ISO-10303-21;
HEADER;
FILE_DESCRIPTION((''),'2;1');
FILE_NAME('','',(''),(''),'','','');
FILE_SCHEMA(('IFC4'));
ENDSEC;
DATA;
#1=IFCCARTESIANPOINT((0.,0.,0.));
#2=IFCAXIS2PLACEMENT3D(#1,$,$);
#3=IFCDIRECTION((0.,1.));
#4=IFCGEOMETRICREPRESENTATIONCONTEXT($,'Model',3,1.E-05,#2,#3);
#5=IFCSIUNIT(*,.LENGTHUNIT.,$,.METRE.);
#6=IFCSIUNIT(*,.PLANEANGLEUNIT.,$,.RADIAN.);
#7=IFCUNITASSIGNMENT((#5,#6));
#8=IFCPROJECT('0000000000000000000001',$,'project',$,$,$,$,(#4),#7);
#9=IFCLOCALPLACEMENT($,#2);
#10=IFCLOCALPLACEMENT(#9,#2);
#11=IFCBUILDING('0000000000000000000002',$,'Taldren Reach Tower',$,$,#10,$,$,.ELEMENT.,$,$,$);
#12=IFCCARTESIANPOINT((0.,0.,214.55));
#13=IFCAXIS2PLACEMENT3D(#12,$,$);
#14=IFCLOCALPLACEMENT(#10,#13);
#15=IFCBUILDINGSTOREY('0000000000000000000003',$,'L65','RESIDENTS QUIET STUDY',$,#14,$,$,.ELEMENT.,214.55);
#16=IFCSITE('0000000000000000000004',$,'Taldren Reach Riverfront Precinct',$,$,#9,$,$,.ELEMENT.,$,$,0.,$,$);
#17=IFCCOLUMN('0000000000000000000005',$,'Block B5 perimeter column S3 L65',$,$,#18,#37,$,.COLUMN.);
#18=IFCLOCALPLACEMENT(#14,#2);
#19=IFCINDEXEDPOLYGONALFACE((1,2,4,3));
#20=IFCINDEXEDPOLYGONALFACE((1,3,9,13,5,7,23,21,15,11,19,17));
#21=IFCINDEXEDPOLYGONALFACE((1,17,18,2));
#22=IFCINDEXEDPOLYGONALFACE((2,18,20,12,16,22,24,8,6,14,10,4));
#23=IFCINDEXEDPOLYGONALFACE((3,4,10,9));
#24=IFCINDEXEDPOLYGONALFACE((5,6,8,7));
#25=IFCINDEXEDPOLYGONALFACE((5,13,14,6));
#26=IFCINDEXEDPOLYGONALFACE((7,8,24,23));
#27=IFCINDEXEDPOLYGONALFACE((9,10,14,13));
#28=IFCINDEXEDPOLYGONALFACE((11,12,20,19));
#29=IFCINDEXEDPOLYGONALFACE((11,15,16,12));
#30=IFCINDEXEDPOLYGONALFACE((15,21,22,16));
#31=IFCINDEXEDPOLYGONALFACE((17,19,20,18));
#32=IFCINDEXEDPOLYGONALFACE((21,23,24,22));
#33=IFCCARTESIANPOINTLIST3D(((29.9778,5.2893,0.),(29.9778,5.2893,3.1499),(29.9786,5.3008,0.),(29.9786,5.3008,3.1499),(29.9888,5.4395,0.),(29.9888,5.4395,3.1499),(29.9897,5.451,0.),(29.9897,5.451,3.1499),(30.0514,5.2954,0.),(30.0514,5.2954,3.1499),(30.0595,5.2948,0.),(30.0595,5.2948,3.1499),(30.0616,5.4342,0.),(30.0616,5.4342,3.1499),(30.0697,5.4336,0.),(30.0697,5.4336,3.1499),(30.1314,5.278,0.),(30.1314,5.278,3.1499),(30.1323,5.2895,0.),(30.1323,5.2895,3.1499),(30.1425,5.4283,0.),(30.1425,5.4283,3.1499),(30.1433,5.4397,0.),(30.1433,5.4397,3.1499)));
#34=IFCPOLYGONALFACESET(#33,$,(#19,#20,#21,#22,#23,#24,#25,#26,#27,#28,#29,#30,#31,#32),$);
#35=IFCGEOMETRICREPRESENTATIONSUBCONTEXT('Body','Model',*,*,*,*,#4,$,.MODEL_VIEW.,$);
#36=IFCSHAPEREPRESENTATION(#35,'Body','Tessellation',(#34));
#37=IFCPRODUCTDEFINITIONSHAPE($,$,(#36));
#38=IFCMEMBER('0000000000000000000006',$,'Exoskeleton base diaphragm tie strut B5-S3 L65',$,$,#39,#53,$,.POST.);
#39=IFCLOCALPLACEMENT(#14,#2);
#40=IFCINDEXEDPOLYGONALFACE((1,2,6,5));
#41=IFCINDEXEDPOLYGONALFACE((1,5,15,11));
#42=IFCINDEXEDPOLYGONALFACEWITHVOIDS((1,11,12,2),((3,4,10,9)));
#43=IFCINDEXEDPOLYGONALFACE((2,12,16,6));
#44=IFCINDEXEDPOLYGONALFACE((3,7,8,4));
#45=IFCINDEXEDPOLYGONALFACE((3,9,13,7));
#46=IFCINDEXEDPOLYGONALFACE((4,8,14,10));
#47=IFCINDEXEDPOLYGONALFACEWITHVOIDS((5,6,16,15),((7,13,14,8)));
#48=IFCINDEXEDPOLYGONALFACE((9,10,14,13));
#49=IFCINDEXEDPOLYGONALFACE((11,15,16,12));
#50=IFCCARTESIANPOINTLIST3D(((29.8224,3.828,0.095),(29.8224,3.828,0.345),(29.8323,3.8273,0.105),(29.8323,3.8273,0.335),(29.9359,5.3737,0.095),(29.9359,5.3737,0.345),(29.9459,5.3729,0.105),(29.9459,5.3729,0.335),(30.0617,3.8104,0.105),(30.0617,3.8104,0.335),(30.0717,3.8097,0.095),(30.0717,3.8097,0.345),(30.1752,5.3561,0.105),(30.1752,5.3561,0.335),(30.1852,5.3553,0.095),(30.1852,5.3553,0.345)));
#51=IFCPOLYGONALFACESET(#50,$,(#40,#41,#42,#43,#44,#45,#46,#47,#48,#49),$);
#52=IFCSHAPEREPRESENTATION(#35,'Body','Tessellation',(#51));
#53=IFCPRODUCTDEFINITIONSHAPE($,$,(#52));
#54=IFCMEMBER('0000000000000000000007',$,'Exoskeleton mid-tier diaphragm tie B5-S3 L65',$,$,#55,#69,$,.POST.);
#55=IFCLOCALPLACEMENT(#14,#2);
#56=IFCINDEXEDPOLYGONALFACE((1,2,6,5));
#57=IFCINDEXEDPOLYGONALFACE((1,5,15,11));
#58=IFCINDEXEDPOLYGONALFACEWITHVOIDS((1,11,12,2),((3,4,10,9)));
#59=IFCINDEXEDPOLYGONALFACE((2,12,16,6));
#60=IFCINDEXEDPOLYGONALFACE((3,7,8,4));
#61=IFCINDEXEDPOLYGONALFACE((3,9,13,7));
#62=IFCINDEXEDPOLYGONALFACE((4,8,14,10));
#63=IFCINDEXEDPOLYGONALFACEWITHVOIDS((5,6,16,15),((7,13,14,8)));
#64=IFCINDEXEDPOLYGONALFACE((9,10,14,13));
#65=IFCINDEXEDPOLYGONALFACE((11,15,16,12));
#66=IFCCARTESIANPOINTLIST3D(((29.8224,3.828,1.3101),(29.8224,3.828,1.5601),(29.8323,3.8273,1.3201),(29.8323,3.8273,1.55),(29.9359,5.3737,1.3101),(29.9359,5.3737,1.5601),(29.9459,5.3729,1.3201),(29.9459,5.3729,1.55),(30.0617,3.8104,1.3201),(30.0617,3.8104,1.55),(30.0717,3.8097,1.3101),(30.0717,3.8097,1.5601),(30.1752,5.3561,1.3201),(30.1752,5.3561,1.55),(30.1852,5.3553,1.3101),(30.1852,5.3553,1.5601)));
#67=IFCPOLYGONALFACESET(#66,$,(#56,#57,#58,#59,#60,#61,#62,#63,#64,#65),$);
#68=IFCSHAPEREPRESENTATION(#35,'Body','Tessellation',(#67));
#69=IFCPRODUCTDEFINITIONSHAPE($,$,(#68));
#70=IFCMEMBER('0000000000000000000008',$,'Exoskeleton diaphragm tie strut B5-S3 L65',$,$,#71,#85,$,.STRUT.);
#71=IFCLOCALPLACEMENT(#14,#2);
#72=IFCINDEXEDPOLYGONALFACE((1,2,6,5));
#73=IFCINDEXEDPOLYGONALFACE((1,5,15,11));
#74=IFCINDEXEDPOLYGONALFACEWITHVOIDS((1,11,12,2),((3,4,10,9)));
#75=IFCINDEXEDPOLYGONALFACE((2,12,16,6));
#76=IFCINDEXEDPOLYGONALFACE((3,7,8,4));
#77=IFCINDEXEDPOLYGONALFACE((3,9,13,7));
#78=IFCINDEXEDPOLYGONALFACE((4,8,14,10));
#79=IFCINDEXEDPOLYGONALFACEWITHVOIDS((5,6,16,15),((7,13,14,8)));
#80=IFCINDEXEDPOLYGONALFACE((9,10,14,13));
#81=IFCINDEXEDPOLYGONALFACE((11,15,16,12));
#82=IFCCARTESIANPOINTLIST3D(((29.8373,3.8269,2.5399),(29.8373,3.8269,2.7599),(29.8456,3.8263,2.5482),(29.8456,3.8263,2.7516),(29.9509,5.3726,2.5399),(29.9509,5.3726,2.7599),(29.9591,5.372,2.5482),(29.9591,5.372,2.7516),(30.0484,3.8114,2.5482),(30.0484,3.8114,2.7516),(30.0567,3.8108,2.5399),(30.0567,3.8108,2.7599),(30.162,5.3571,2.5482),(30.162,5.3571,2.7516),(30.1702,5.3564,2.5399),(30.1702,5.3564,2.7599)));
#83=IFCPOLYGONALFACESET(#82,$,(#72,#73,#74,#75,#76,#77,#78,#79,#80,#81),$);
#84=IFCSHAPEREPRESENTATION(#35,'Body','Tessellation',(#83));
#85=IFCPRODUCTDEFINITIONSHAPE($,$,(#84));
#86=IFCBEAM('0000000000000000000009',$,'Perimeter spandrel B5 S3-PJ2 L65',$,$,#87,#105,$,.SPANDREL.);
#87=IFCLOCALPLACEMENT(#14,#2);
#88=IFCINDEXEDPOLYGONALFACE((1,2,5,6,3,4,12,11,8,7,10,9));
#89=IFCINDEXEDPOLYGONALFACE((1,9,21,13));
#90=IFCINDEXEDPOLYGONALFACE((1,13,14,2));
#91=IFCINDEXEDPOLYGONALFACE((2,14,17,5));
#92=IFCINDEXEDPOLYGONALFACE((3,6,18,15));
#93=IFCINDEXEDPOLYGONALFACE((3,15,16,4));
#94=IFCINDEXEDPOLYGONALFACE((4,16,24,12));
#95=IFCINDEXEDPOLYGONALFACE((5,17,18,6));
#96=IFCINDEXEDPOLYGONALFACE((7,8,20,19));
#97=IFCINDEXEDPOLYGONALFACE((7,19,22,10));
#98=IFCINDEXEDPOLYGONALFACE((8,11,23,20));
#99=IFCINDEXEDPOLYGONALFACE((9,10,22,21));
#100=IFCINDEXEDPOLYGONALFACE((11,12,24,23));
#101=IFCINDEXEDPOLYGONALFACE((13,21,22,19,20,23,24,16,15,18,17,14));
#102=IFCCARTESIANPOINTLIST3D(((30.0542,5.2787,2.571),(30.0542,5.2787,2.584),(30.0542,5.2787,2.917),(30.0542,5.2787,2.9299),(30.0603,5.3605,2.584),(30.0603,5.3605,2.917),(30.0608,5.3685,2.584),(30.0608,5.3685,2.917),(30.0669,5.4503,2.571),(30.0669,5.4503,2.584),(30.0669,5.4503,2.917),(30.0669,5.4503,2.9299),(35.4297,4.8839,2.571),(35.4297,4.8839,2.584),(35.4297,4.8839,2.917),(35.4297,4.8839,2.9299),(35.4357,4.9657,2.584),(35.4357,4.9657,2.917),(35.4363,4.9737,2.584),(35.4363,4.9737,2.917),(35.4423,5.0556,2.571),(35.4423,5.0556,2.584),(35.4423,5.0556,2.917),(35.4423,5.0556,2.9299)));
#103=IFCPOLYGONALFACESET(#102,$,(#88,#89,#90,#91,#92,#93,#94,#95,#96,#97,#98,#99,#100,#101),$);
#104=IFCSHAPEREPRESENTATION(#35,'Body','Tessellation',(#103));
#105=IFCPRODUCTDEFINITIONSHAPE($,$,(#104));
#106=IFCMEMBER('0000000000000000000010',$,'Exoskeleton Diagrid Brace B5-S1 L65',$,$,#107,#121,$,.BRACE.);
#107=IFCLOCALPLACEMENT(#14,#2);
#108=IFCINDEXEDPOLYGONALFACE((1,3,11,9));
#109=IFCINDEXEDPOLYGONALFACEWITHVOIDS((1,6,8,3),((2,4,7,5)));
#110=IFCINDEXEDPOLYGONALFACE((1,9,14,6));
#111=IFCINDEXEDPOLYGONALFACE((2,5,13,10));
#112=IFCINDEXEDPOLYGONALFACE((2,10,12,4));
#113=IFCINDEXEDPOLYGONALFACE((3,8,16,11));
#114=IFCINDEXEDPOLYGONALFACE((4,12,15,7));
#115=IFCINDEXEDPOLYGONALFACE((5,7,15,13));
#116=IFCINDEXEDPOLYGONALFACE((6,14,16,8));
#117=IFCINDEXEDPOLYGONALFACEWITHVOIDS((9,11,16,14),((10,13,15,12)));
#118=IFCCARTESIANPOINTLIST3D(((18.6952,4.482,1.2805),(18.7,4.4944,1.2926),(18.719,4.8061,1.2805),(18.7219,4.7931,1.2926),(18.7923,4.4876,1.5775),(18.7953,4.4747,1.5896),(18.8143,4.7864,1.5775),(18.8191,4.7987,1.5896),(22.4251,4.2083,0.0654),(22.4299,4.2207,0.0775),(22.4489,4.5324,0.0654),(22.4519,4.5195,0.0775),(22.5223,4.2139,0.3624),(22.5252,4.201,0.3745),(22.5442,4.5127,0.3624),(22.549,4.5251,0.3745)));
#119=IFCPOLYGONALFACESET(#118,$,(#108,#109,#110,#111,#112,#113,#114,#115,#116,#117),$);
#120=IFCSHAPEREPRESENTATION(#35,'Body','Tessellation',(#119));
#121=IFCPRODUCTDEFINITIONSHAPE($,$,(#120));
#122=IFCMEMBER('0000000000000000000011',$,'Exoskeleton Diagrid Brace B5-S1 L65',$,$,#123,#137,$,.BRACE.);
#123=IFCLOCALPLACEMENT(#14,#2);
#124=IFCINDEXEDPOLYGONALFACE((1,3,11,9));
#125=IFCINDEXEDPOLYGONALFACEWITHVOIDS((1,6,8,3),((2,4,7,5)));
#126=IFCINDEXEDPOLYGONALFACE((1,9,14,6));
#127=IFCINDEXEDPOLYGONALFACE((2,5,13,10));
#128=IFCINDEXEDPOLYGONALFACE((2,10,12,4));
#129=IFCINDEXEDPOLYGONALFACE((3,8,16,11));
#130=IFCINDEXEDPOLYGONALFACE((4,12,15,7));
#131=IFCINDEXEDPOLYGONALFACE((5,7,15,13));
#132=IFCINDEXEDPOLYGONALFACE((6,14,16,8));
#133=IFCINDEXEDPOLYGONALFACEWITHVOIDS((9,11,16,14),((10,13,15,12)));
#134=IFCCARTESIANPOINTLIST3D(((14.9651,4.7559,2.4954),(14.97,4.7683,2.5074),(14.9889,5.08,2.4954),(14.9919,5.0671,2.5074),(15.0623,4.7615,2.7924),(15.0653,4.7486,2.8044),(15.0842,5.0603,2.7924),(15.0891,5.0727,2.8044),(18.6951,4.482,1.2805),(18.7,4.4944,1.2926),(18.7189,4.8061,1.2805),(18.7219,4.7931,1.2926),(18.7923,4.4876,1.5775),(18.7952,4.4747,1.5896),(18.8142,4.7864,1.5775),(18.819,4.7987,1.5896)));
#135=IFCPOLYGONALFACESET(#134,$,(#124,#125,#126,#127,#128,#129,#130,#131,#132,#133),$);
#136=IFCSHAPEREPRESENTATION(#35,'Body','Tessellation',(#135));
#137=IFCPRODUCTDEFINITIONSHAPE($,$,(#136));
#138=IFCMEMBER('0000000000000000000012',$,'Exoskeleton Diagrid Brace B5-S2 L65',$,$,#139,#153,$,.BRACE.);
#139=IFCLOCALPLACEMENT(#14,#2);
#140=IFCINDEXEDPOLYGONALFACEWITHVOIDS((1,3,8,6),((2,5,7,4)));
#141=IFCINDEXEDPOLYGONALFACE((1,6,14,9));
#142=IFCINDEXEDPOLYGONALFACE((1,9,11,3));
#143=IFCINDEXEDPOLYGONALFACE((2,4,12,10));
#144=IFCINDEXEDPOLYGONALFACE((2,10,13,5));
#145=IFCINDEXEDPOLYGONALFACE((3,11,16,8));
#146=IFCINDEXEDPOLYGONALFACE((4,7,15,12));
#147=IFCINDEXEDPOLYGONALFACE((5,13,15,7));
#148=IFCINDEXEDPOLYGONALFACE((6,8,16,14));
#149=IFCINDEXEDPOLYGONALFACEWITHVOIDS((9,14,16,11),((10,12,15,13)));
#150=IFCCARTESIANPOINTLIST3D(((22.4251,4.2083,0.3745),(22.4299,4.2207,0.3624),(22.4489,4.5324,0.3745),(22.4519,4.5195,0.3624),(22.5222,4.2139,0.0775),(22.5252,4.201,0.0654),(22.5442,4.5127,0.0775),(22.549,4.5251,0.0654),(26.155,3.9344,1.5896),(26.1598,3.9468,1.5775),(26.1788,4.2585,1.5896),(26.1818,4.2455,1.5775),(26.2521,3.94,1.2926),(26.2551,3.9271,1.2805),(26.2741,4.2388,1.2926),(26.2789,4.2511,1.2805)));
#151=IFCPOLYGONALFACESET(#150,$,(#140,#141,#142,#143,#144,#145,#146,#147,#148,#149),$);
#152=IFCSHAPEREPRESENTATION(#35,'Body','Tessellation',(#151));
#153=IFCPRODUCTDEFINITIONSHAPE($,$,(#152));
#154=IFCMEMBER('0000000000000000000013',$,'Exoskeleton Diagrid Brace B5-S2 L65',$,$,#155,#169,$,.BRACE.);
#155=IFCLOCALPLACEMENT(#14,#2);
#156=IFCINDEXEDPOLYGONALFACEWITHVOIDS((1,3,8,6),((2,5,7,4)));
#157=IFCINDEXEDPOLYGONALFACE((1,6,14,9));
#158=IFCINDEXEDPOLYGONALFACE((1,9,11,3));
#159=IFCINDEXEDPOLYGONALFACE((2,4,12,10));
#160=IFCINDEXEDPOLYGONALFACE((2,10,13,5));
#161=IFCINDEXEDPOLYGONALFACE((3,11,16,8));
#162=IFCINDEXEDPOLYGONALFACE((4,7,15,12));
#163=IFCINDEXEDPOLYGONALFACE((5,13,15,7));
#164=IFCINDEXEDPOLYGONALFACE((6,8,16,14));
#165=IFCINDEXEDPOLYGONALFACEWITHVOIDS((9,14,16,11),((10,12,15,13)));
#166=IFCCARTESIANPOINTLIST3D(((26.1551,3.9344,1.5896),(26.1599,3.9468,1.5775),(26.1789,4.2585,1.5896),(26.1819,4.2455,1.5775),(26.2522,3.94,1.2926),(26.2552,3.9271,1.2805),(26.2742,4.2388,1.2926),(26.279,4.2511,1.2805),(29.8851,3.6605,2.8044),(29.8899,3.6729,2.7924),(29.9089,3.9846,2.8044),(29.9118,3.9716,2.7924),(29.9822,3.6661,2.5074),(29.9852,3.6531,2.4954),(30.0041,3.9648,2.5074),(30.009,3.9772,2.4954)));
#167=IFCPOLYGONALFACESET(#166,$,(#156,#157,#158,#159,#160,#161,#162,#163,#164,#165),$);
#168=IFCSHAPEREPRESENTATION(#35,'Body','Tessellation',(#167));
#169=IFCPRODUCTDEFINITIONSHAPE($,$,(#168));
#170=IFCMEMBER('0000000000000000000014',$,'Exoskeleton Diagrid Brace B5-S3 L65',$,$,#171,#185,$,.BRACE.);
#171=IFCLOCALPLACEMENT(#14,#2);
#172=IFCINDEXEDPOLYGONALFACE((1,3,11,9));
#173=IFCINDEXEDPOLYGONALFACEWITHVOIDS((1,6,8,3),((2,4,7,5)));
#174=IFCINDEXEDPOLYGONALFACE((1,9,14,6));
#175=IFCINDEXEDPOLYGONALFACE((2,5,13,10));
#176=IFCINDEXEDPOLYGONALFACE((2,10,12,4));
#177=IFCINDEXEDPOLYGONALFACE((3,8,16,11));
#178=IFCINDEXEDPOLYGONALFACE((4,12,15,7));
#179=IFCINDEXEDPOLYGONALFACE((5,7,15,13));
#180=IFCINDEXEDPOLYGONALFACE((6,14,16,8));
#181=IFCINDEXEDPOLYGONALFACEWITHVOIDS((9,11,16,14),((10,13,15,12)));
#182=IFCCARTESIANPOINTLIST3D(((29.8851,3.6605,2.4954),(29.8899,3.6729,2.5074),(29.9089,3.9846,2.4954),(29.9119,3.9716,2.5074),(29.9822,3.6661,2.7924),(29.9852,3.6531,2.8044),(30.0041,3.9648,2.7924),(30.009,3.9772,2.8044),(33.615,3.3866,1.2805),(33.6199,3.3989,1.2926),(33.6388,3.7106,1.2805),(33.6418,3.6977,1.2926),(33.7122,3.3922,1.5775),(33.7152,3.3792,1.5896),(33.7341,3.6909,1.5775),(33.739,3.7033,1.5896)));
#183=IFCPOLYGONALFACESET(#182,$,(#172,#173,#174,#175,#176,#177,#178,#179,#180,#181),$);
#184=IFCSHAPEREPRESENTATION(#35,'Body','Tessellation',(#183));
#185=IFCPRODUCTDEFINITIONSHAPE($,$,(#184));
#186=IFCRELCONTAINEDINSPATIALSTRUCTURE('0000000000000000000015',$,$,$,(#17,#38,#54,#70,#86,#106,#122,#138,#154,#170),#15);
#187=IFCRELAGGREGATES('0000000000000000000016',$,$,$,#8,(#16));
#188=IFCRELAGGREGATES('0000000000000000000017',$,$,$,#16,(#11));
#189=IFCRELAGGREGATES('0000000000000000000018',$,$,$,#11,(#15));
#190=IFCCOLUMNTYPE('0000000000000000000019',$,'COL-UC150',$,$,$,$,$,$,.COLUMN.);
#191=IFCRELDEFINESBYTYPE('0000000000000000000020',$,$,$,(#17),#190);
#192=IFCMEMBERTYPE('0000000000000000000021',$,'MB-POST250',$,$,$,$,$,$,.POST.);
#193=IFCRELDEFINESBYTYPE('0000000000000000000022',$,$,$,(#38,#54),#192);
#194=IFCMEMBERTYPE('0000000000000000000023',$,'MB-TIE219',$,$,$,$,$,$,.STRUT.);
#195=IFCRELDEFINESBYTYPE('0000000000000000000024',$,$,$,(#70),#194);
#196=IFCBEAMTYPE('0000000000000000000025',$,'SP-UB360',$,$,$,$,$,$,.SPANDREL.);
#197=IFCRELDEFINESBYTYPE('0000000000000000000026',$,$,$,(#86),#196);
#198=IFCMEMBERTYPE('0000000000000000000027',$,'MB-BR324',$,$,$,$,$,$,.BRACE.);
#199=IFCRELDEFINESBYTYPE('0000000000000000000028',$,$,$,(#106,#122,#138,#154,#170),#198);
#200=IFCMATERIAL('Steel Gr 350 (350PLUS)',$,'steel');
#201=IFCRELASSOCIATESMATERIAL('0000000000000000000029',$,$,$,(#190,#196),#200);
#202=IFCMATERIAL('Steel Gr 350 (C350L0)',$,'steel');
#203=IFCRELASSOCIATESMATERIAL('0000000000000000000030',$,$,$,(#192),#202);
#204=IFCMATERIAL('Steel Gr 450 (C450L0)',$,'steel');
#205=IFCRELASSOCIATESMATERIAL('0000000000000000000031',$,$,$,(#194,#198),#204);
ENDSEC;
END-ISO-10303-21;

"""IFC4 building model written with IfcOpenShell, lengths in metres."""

from ifc_helpers import new_model, si_unit, direction, frame, origin, origin_2d, place, context, subcontext, project, spatial, hollow_rectangle, i_section, extrude, source, transform, mapped, material, material_profile, profile_set, type_object, element, save


model = new_model("IFC4")

# Units and contexts
model_context = context("Model", 3, precision=1e-05, world=origin(), true_north=direction((0.0, 1.0)))
body_context = subcontext(model_context, "Body", "Model", "MODEL_VIEW")
ifc_project = project(units=[si_unit("LENGTHUNIT", "METRE"), si_unit("PLANEANGLEUNIT", "RADIAN")], contexts=[model_context])

# Site, building, storey
site_placement = place(None, origin())
site = spatial("IfcSite", under=ifc_project, at=site_placement, Name="Taldren Reach Riverfront Precinct", CompositionType="ELEMENT", RefElevation=0.0)
building_placement = place(site_placement, origin())
building = spatial("IfcBuilding", under=site, at=building_placement, Name="Taldren Reach Tower", CompositionType="ELEMENT")
storey_placement = place(building_placement, frame((0.0, 0.0, 214.55)))
storey = spatial("IfcBuildingStorey", under=building, at=storey_placement, Name="L65", Description="RESIDENTS QUIET STUDY", CompositionType="ELEMENT", Elevation=214.55)

# Column
ifc_material_1 = material(Name="Steel Gr 350 (350PLUS)", Category="steel")
ifc_material_profile_1 = material_profile(ifc_material_1, i_section(OverallWidth=0.1541, OverallDepth=0.1621, WebThickness=0.0081, FlangeThickness=0.0115, at=origin_2d()), Name="150UC37.2")
ifc_profile_set_1 = profile_set([ifc_material_profile_1], Name="Steel Gr 350 (350PLUS)")
column_type = type_object("IfcColumnType", Name="COL-UC150", PredefinedType="COLUMN", material=ifc_profile_set_1)
shared_shape_1 = source(origin(), body_context, "Body", "SweptSolid", [
    extrude(i_section(OverallWidth=0.1541, OverallDepth=0.1621, WebThickness=0.0081, FlangeThickness=0.0115, at=origin_2d()), origin(), (0.0, 0.0, 1.0), 3.1499),
])
column_placement = place(storey_placement, frame((30.0605, 5.3645, 0.0), z_axis=(0.0, 0.0, 1.0), x_axis=(0.997314, -0.073238, 0.0)))
element("IfcColumn", 1, at=column_placement, inside=storey, type_object=column_type, Name="Block B5 perimeter column S3 L65", PredefinedType="COLUMN", context=body_context, shape_type="MappedRepresentation", body=[
    mapped(shared_shape_1, transform((0.0, 0.0, 0.0), scale=1.0)),
])

# Members
ifc_material_2 = material(Name="Steel Gr 350 (C350L0)", Category="steel")
ifc_material_profile_2 = material_profile(ifc_material_2, hollow_rectangle(XDim=0.25, YDim=0.25, WallThickness=0.01, at=origin_2d()), Name="250x250x10.0SHS")
ifc_profile_set_2 = profile_set([ifc_material_profile_2], Name="Steel Gr 350 (C350L0)")
member_type_1 = type_object("IfcMemberType", Name="MB-POST250", PredefinedType="POST", material=ifc_profile_set_2)
shared_shape_2 = source(origin(), body_context, "Body", "SweptSolid", [
    extrude(hollow_rectangle(XDim=0.25, YDim=0.25, WallThickness=0.01, at=origin_2d()), origin(), (0.0, 0.0, 1.0), 1.5498),
])
for number, where, z_axis, x_axis, name in (
    (2, (30.0605, 5.3645, 0.22), (-0.073251, -0.997314, 0.0), (0.997314, -0.073251, 0.0), "Exoskeleton base diaphragm tie strut B5-S3 L65"),
    (3, (30.0605, 5.3645, 1.4351), (-0.073251, -0.997314, 0.0), (0.997314, -0.073251, 0.0), "Exoskeleton mid-tier diaphragm tie B5-S3 L65"),
):
    element("IfcMember", number, at=place(storey_placement, frame(where, z_axis=z_axis, x_axis=x_axis)), inside=storey, type_object=member_type_1, Name=name, PredefinedType="POST", context=body_context, shape_type="MappedRepresentation", body=[
        mapped(shared_shape_2, transform((0.0, 0.0, 0.0), scale=1.0)),
    ])
ifc_material_3 = material(Name="Steel Gr 450 (C450L0)", Category="steel")
ifc_material_profile_3 = material_profile(ifc_material_3, hollow_rectangle(XDim=0.22, YDim=0.22, WallThickness=0.0083, at=origin_2d()), Name="220x220x8.2SHS")
ifc_profile_set_3 = profile_set([ifc_material_profile_3], Name="Steel Gr 450 (C450L0)")
member_type_2 = type_object("IfcMemberType", Name="MB-TIE219", PredefinedType="STRUT", material=ifc_profile_set_3)
shared_shape_3 = source(origin(), body_context, "Body", "SweptSolid", [
    extrude(hollow_rectangle(XDim=0.22, YDim=0.22, WallThickness=0.0083, at=origin_2d()), origin(), (0.0, 0.0, 1.0), 1.5498),
])
member_1_placement = place(storey_placement, frame((30.0605, 5.3645, 2.6499), z_axis=(-0.073251, -0.997314, 0.0), x_axis=(0.997314, -0.073251, 0.0)))
element("IfcMember", 4, at=member_1_placement, inside=storey, type_object=member_type_2, Name="Exoskeleton diaphragm tie strut B5-S3 L65", PredefinedType="STRUT", context=body_context, shape_type="MappedRepresentation", body=[
    mapped(shared_shape_3, transform((0.0, 0.0, 0.0), scale=1.0)),
])

# Beam
ifc_material_profile_4 = material_profile(ifc_material_1, i_section(OverallWidth=0.1721, OverallDepth=0.3589, WebThickness=0.0081, FlangeThickness=0.0129, at=origin_2d()), Name="360UB56.7")
ifc_profile_set_4 = profile_set([ifc_material_profile_4], Name="Steel Gr 350 (350PLUS)")
beam_type = type_object("IfcBeamType", Name="SP-UB360", PredefinedType="SPANDREL", material=ifc_profile_set_4)
shared_shape_4 = source(origin(), body_context, "Body", "SweptSolid", [
    extrude(i_section(OverallWidth=0.1721, OverallDepth=0.3589, WebThickness=0.0081, FlangeThickness=0.0129, at=origin_2d()), origin(), (0.0, 0.0, 1.0), 5.3899),
])
beam_placement = place(storey_placement, frame((30.0605, 5.3645, 2.7505), z_axis=(0.997314, -0.073243, 0.0), x_axis=(0.073243, 0.997314, 0.0)))
element("IfcBeam", 5, at=beam_placement, inside=storey, type_object=beam_type, Name="Perimeter spandrel B5 S3-PJ2 L65", PredefinedType="SPANDREL", context=body_context, shape_type="MappedRepresentation", body=[
    mapped(shared_shape_4, transform((0.0, 0.0, 0.0), scale=1.0)),
])

# Members
ifc_material_profile_5 = material_profile(ifc_material_3, hollow_rectangle(XDim=0.325, YDim=0.325, WallThickness=0.0127, at=origin_2d()), Name="325x325x12.7SHS")
ifc_profile_set_5 = profile_set([ifc_material_profile_5], Name="Steel Gr 450 (C450L0)")
member_type_3 = type_object("IfcMemberType", Name="MB-BR324", PredefinedType="BRACE", material=ifc_profile_set_5)
shared_shape_5 = source(origin(), body_context, "Body", "SweptSolid", [
    extrude(hollow_rectangle(XDim=0.325, YDim=0.325, WallThickness=0.0127, at=origin_2d()), origin(), (0.0, 0.0, 1.0), 3.9324),
])
for number, where, z_axis, x_axis, name in (
    (6, (22.4871, 4.3667, 0.22), (-0.948515, 0.069596, 0.308991), (-0.073177, -0.997319, 0.0), "Exoskeleton Diagrid Brace B5-S1 L65"),
    (7, (18.7571, 4.6404, 1.4351), (-0.948529, 0.069659, 0.308933), (-0.073242, -0.997314, 0.0), "Exoskeleton Diagrid Brace B5-S1 L65"),
    (8, (22.4871, 4.3667, 0.22), (0.948511, -0.069658, 0.308989), (0.073242, 0.997314, 0.0), "Exoskeleton Diagrid Brace B5-S2 L65"),
    (9, (26.217, 4.0928, 1.4351), (0.948529, -0.069659, 0.308933), (0.073242, 0.997314, 0.0), "Exoskeleton Diagrid Brace B5-S2 L65"),
    (10, (33.677, 3.5449, 1.4351), (-0.948529, 0.069659, 0.308933), (-0.073242, -0.997314, 0.0), "Exoskeleton Diagrid Brace B5-S3 L65"),
):
    element("IfcMember", number, at=place(storey_placement, frame(where, z_axis=z_axis, x_axis=x_axis)), inside=storey, type_object=member_type_3, Name=name, PredefinedType="BRACE", context=body_context, shape_type="MappedRepresentation", body=[
        mapped(shared_shape_5, transform((0.0, 0.0, 0.0), scale=1.0)),
    ])

save(model, "model.ifc")
